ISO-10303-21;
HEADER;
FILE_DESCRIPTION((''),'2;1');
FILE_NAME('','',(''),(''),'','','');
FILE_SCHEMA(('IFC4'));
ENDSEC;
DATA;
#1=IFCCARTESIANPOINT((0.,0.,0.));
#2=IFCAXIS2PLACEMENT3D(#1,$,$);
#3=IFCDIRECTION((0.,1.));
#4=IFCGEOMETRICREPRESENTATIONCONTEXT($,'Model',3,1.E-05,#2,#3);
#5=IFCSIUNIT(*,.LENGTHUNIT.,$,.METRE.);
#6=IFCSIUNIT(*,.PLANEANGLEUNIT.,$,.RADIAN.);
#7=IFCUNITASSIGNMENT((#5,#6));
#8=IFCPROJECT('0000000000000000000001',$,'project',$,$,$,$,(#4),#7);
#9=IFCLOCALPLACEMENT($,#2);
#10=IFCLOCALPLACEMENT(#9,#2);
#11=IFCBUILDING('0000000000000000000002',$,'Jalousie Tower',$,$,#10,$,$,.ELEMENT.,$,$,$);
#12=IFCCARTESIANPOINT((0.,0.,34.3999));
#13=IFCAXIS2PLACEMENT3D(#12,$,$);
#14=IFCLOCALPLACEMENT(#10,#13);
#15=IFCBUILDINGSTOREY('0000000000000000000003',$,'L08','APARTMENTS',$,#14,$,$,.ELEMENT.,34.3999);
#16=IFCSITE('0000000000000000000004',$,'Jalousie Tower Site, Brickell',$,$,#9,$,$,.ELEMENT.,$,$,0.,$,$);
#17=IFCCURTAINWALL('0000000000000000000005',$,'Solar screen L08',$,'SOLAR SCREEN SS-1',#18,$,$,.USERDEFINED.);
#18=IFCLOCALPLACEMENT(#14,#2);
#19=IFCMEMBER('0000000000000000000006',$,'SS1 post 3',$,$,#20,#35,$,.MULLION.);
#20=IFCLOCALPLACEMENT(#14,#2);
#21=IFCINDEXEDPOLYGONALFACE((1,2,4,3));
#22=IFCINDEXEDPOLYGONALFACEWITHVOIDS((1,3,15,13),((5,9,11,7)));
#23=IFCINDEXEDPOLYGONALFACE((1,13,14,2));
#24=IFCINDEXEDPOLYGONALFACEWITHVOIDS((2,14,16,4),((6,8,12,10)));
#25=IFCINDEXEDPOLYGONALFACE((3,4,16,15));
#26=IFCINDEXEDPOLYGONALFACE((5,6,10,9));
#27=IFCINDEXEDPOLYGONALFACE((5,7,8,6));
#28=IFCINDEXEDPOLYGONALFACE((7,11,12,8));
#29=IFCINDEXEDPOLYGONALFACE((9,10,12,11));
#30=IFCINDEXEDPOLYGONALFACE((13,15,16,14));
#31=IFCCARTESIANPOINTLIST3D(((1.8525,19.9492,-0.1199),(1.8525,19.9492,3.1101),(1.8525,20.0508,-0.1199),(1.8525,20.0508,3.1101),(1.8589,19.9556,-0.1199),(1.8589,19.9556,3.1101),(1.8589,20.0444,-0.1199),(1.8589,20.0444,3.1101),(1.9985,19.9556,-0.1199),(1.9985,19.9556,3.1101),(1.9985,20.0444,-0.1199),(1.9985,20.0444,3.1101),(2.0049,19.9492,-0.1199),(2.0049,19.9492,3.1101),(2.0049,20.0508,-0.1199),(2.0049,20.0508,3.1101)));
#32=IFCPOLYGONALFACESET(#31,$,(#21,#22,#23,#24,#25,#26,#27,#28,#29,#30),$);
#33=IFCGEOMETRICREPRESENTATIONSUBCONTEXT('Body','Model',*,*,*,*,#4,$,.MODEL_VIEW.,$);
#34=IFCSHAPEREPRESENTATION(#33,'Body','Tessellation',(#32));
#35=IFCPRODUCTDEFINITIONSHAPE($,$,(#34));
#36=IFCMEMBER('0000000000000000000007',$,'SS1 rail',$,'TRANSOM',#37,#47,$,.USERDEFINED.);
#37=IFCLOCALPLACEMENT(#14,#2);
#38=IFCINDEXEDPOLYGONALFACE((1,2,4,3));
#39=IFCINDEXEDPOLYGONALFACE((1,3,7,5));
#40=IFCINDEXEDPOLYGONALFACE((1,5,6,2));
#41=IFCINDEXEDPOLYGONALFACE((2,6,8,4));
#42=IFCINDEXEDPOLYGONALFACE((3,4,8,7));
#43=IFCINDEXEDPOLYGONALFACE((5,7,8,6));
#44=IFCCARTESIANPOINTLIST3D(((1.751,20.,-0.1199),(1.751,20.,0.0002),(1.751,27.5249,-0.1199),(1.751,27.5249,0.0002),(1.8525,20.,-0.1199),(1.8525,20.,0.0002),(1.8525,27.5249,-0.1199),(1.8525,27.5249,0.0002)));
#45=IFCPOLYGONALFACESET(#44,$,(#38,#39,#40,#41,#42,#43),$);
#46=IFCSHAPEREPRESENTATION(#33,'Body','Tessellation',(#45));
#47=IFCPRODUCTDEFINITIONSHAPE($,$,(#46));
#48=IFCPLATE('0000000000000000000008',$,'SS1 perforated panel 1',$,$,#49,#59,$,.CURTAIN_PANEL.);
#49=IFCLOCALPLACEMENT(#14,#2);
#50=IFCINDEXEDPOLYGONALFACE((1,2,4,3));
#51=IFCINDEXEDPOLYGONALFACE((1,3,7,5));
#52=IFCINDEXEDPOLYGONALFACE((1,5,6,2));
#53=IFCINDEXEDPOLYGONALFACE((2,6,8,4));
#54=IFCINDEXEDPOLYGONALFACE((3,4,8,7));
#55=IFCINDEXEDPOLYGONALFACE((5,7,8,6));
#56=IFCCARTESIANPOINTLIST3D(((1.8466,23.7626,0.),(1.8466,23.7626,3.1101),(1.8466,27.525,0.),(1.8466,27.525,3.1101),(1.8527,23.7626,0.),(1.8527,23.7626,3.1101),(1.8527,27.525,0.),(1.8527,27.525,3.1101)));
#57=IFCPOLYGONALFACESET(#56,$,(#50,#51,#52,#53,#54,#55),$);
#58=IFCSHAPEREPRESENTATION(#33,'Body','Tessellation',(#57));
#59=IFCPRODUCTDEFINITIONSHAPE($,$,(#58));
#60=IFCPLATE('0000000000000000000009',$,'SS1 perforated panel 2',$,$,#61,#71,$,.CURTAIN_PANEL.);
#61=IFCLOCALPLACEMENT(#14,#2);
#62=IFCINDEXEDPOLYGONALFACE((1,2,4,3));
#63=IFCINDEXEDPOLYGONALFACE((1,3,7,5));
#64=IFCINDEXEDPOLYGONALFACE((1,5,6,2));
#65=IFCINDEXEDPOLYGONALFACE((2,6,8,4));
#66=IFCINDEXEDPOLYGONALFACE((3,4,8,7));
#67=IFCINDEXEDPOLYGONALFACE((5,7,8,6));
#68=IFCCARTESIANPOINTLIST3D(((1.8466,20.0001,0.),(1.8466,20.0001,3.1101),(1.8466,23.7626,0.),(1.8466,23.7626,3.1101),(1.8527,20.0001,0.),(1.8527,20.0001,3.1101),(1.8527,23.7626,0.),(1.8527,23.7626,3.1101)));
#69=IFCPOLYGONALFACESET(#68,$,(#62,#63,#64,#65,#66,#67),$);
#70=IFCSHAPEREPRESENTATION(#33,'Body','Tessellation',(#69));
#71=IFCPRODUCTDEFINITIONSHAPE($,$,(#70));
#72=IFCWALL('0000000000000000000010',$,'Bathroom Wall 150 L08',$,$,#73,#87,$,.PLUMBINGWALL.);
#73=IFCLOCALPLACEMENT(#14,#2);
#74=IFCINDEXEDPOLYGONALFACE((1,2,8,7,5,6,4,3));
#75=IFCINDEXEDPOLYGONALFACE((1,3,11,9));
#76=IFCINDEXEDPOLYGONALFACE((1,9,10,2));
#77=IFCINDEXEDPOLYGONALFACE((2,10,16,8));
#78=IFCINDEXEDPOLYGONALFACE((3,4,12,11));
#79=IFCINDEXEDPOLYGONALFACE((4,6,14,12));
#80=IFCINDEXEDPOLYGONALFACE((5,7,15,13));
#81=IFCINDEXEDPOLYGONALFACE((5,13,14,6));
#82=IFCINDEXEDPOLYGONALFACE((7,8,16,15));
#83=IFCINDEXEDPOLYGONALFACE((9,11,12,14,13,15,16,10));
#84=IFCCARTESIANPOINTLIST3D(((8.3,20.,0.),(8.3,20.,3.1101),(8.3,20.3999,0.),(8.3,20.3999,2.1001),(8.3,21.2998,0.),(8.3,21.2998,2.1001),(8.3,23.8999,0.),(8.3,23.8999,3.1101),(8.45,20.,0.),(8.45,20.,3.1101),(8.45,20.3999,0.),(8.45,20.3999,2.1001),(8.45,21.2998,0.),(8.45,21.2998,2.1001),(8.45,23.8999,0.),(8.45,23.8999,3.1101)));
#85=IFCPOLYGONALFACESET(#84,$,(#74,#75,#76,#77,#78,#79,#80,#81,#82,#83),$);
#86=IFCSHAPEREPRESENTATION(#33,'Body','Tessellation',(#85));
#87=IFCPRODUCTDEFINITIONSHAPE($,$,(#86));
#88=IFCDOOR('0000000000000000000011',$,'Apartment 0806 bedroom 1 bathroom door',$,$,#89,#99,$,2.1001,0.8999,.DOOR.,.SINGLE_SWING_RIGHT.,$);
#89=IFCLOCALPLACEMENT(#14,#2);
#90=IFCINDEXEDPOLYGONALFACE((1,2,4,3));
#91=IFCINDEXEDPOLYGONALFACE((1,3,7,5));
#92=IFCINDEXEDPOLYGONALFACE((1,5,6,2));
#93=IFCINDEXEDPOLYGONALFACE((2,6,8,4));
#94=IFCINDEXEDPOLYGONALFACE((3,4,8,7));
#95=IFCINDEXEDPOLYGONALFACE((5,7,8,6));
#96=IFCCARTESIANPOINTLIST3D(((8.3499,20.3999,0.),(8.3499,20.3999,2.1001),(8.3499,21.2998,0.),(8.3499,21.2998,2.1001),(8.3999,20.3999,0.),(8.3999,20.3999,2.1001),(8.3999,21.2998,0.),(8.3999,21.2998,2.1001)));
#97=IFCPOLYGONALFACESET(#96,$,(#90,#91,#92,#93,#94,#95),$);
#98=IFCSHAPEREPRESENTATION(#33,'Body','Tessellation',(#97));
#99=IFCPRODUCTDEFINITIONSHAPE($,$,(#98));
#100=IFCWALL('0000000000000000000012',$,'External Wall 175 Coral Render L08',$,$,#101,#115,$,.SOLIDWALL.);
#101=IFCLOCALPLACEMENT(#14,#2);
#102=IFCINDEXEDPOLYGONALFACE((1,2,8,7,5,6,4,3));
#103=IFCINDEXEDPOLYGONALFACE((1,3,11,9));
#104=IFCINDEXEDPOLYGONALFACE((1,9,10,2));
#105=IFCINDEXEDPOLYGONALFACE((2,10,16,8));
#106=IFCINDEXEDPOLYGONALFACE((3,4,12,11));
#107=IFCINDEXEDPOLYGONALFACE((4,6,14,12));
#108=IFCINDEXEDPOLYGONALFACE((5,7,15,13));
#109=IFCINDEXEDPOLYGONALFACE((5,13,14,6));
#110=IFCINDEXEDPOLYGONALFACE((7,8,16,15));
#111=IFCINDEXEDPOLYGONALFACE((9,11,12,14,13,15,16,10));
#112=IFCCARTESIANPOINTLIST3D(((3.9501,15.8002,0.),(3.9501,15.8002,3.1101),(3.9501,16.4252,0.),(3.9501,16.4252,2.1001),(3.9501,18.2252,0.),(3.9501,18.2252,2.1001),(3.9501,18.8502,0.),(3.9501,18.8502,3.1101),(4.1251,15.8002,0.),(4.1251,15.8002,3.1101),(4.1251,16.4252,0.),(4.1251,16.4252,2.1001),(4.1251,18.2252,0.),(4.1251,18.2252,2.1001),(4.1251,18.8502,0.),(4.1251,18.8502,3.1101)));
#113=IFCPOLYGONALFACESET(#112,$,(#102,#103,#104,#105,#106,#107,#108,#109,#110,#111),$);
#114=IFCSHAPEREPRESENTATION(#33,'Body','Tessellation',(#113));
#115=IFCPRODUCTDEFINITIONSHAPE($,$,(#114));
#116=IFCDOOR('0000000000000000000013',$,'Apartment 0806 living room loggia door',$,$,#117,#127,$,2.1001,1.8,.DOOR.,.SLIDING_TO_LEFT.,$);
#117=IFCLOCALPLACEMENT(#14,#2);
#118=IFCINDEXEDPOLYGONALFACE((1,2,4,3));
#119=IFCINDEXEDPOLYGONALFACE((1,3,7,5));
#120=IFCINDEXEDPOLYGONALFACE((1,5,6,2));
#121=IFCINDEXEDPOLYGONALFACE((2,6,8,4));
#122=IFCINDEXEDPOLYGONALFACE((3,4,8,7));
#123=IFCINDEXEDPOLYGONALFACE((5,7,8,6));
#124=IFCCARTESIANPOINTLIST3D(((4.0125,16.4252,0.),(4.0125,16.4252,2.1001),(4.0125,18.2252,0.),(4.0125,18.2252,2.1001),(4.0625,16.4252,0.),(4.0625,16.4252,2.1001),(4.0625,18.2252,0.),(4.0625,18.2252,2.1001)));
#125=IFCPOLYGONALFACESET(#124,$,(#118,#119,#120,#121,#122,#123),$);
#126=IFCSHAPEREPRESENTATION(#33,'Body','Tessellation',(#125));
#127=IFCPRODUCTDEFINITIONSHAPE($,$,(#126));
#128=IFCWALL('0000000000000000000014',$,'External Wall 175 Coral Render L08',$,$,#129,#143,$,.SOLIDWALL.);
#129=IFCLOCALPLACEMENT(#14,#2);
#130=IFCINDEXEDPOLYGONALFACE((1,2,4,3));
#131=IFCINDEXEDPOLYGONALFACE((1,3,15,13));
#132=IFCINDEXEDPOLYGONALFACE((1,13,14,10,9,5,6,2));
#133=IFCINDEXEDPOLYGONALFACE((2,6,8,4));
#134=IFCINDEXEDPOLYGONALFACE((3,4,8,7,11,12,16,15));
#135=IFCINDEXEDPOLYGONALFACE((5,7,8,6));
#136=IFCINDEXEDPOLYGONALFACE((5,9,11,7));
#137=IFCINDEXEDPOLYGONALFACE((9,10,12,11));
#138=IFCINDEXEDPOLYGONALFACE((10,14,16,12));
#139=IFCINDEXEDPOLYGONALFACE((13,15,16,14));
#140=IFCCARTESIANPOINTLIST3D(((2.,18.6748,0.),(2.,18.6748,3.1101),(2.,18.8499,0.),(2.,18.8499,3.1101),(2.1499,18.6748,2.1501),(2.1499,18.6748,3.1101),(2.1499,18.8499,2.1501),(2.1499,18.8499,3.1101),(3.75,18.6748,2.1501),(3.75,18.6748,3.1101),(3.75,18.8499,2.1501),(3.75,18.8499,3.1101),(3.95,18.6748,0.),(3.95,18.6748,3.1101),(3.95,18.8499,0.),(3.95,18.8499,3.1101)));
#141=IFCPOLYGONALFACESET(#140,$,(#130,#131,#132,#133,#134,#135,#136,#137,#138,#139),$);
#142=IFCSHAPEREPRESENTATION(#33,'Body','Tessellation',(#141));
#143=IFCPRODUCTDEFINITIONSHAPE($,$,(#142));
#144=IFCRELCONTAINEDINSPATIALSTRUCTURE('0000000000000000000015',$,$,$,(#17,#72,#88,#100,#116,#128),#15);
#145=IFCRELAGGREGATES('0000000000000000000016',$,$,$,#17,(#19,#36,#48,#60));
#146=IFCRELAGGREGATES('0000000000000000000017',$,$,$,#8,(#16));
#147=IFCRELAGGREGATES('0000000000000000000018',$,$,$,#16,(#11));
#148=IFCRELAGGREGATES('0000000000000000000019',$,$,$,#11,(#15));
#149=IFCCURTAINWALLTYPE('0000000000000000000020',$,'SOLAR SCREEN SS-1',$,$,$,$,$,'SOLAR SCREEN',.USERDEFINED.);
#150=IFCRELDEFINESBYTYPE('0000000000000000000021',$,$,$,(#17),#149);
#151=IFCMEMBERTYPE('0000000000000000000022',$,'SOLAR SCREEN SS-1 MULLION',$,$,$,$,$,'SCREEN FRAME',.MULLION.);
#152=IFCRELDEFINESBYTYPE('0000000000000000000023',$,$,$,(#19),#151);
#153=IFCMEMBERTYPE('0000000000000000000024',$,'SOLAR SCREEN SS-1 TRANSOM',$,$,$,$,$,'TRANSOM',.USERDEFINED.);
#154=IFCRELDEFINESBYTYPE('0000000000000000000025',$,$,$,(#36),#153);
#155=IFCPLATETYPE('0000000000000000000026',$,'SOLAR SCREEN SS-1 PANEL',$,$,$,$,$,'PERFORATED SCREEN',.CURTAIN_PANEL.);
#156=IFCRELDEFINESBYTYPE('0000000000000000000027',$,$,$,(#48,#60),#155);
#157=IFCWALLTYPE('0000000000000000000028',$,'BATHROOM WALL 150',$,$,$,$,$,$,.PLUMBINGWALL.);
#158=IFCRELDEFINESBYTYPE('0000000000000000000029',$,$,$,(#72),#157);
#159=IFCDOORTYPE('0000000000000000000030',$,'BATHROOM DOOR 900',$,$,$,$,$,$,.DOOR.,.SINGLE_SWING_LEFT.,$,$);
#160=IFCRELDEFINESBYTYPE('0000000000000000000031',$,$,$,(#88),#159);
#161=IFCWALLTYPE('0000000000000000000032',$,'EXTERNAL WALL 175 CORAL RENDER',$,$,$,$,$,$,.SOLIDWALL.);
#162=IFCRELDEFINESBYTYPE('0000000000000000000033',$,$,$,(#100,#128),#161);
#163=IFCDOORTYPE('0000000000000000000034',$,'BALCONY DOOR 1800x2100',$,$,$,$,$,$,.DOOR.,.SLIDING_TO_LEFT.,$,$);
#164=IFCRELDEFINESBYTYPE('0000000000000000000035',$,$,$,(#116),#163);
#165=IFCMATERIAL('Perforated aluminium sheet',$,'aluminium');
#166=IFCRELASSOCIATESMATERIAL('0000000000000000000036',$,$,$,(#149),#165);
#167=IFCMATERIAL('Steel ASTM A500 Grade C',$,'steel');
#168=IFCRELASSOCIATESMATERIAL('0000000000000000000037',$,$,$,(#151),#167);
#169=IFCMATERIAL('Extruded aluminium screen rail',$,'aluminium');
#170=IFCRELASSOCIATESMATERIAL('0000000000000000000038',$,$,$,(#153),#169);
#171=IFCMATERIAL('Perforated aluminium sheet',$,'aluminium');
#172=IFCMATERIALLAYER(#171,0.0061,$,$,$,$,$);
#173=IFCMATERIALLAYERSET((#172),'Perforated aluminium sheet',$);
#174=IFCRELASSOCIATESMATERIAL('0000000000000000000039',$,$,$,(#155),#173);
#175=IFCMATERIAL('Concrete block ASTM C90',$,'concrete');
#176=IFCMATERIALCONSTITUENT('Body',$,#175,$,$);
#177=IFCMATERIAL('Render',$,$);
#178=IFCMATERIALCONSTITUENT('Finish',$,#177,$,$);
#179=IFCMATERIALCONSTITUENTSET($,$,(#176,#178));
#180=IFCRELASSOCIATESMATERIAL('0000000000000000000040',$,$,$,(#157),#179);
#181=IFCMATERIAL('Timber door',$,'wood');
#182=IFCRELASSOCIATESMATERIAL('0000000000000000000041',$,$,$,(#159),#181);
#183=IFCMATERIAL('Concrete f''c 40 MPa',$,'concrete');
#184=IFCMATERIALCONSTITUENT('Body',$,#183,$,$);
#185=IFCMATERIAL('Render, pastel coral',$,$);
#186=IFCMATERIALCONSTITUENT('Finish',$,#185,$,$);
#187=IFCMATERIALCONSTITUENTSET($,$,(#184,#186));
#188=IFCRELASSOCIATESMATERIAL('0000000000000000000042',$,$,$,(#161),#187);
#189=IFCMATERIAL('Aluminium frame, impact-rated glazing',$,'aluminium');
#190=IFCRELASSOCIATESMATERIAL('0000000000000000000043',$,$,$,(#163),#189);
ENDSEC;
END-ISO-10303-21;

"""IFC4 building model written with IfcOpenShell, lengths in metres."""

from ifc_helpers import new_model, si_unit, direction, frame, frame_2d, origin, origin_2d, place, context, subcontext, project, spatial, polyline, rectangle, hollow_rectangle, outline, extrude, material, layer, layer_set, constituent, constituent_set, material_profile, profile_set, type_object, element, fill, aggregate, save


model = new_model("IFC4")

# Units and contexts
model_context = context("Model", 3, precision=1e-05, world=origin(), true_north=direction((0.0, 1.0)))
body_context = subcontext(model_context, "Body", "Model", "MODEL_VIEW")
ifc_project = project(units=[si_unit("LENGTHUNIT", "METRE"), si_unit("PLANEANGLEUNIT", "RADIAN")], contexts=[model_context])

# Site, building, storey
site_placement = place(None, origin())
site = spatial("IfcSite", under=ifc_project, at=site_placement, Name="Jalousie Tower Site, Brickell", CompositionType="ELEMENT", RefElevation=0.0)
building_placement = place(site_placement, origin())
building = spatial("IfcBuilding", under=site, at=building_placement, Name="Jalousie Tower", CompositionType="ELEMENT")
storey_placement = place(building_placement, frame((0.0, 0.0, 34.3999)))
storey = spatial("IfcBuildingStorey", under=building, at=storey_placement, Name="L08", Description="APARTMENTS", CompositionType="ELEMENT", Elevation=34.3999)

# Shared definitions
ifc_material_1 = material(Name="Perforated aluminium sheet", Category="aluminium")
curtain_wall_type = type_object("IfcCurtainWallType", Name="SOLAR SCREEN SS-1", ElementType="SOLAR SCREEN", PredefinedType="USERDEFINED", material=ifc_material_1)
ifc_material_2 = material(Name="Steel ASTM A500 Grade C", Category="steel")
ifc_material_profile_1 = material_profile(ifc_material_2, hollow_rectangle(XDim=0.1016, YDim=0.1523, WallThickness=0.0063, at=origin_2d()), Name="HSS6X4X1/4")
ifc_profile_set_1 = profile_set([ifc_material_profile_1], Name="Steel ASTM A500 Grade C")
member_type_1 = type_object("IfcMemberType", Name="SOLAR SCREEN SS-1 MULLION", ElementType="SCREEN FRAME", PredefinedType="MULLION", material=ifc_profile_set_1)

# Curtain wall, members, plates
curtain_wall_1_placement = place(storey_placement, origin())
curtain_wall_1 = element("IfcCurtainWall", 1, at=curtain_wall_1_placement, inside=storey, type_object=curtain_wall_type, Name="Solar screen L08", ObjectType="SOLAR SCREEN SS-1", PredefinedType="USERDEFINED")
member_1_placement = place(storey_placement, frame((1.9287, 20.0, -0.1199), z_axis=(0.0, 0.0, 1.0), x_axis=(0.0, -1.0, 0.0)))
member_1 = element("IfcMember", 2, at=member_1_placement, type_object=member_type_1, Name="SS1 post 3", PredefinedType="MULLION", context=body_context, shape_type="SweptSolid", body=[
    extrude(hollow_rectangle(XDim=0.1016, YDim=0.1523, WallThickness=0.0063, at=origin_2d()), origin(), (0.0, 0.0, 1.0), 3.23),
])
ifc_material_3 = material(Name="Extruded aluminium screen rail", Category="aluminium")
ifc_material_profile_2 = material_profile(ifc_material_3, rectangle(XDim=0.1016, YDim=0.1201, at=origin_2d()), Name="RAIL 102x120")
ifc_profile_set_2 = profile_set([ifc_material_profile_2], Name="Extruded aluminium screen rail")
member_type_2 = type_object("IfcMemberType", Name="SOLAR SCREEN SS-1 TRANSOM", ElementType="TRANSOM", PredefinedType="USERDEFINED", material=ifc_profile_set_2)
member_2_placement = place(storey_placement, frame((1.8018, 27.5249, -0.0598), z_axis=(0.0, -1.0, 0.0), x_axis=(1.0, 0.0, 0.0)))
member_2 = element("IfcMember", 3, at=member_2_placement, type_object=member_type_2, Name="SS1 rail", ObjectType="TRANSOM", PredefinedType="USERDEFINED", context=body_context, shape_type="SweptSolid", body=[
    extrude(rectangle(XDim=0.1016, YDim=0.1201, at=origin_2d()), origin(), (0.0, 0.0, 1.0), 7.5249),
])
ifc_material_4 = material(Name="Perforated aluminium sheet", Category="aluminium")
ifc_layer_1 = layer(ifc_material_4, 0.0061)
ifc_layer_set_1 = layer_set([ifc_layer_1], Name="Perforated aluminium sheet")
plate_type = type_object("IfcPlateType", Name="SOLAR SCREEN SS-1 PANEL", ElementType="PERFORATED SCREEN", PredefinedType="CURTAIN_PANEL", material=ifc_layer_set_1)
plate_1_placement = place(storey_placement, frame((1.8496, 25.6438, 0.0), z_axis=(0.0, 0.0, 1.0), x_axis=(0.0, -1.0, 0.0)))
plate_1 = element("IfcPlate", 4, at=plate_1_placement, type_object=plate_type, Name="SS1 perforated panel 1", PredefinedType="CURTAIN_PANEL", context=body_context, shape_type="SweptSolid", body=[
    extrude(rectangle(XDim=3.7625, YDim=0.0061, at=origin_2d()), origin(), (0.0, 0.0, 1.0), 3.1101),
])
plate_2_placement = place(storey_placement, frame((1.8496, 21.8813, 0.0), z_axis=(0.0, 0.0, 1.0), x_axis=(0.0, -1.0, 0.0)))
plate_2 = element("IfcPlate", 5, at=plate_2_placement, type_object=plate_type, Name="SS1 perforated panel 2", PredefinedType="CURTAIN_PANEL", context=body_context, shape_type="SweptSolid", body=[
    extrude(rectangle(XDim=3.7625, YDim=0.0061, at=origin_2d()), origin(), (0.0, 0.0, 1.0), 3.1101),
])
aggregate(curtain_wall_1, [member_1, member_2, plate_1, plate_2])

# Walls, openings, doors
ifc_material_5 = material(Name="Concrete block ASTM C90", Category="concrete")
ifc_constituent_1 = constituent(ifc_material_5, Name="Body")
ifc_material_6 = material(Name="Render")
ifc_constituent_2 = constituent(ifc_material_6, Name="Finish")
ifc_constituent_set_1 = constituent_set(constituents=[ifc_constituent_1, ifc_constituent_2])
wall_type_1 = type_object("IfcWallType", Name="BATHROOM WALL 150", PredefinedType="PLUMBINGWALL", material=ifc_constituent_set_1)
wall_1_placement = place(storey_placement, frame((8.375, 20.0, 0.0), z_axis=(0.0, 0.0, 1.0), x_axis=(0.0, 1.0, 0.0)))
wall_1 = element("IfcWall", 6, at=wall_1_placement, inside=storey, type_object=wall_type_1, Name="Bathroom Wall 150 L08", PredefinedType="PLUMBINGWALL", context=body_context, shape_type="SweptSolid", body=[
    extrude(rectangle(XDim=3.8999, YDim=0.1499, at=frame_2d((1.95, 0.0))), origin(), (0.0, 0.0, 1.0), 3.1101),
])
opening_1_placement = place(wall_1_placement, frame((0.3999, 0.0, 0.0)))
opening_1 = element("IfcOpeningElement", 7, at=opening_1_placement, cuts=wall_1, PredefinedType="OPENING", context=body_context, shape_type="SweptSolid", body=[
    extrude(rectangle(XDim=0.8999, YDim=2.1001, at=frame_2d((0.45, 1.05))), frame((0.0, 0.085, 0.0), z_axis=(0.0, -1.0, 0.0), x_axis=(1.0, 0.0, 0.0)), (0.0, 0.0, 1.0), 0.1699),
])
ifc_material_7 = material(Name="Timber door", Category="wood")
door_type_1 = type_object("IfcDoorType", Name="BATHROOM DOOR 900", OperationType="SINGLE_SWING_LEFT", PredefinedType="DOOR", material=ifc_material_7)
door_1_placement = place(opening_1_placement, frame((0.8999, 0.0, 0.0), z_axis=(0.0, 0.0, 1.0), x_axis=(-1.0, 0.0, 0.0)))
door_1 = element("IfcDoor", 8, at=door_1_placement, inside=storey, type_object=door_type_1, Name="Apartment 0806 bedroom 1 bathroom door", OperationType="SINGLE_SWING_RIGHT", OverallHeight=2.1001, OverallWidth=0.8999, PredefinedType="DOOR", context=body_context, shape_type="SweptSolid", body=[
    extrude(rectangle(XDim=0.8999, YDim=2.1001, at=frame_2d((0.45, 1.05))), frame((0.0, 0.0249, 0.0), z_axis=(0.0, -1.0, 0.0), x_axis=(1.0, 0.0, 0.0)), (0.0, 0.0, 1.0), 0.05),
])
fill(opening_1, door_1)
ifc_material_8 = material(Name="Concrete f'c 40 MPa", Category="concrete")
ifc_constituent_3 = constituent(ifc_material_8, Name="Body")
ifc_material_9 = material(Name="Render, pastel coral")
ifc_constituent_4 = constituent(ifc_material_9, Name="Finish")
ifc_constituent_set_2 = constituent_set(constituents=[ifc_constituent_3, ifc_constituent_4])
wall_type_2 = type_object("IfcWallType", Name="EXTERNAL WALL 175 CORAL RENDER", PredefinedType="SOLIDWALL", material=ifc_constituent_set_2)
wall_2_placement = place(storey_placement, frame((4.0376, 18.8501, 0.0), z_axis=(0.0, 0.0, 1.0), x_axis=(0.0, -1.0, 0.0)))
wall_2 = element("IfcWall", 9, at=wall_2_placement, inside=storey, type_object=wall_type_2, Name="External Wall 175 Coral Render L08", PredefinedType="SOLIDWALL", context=body_context, shape_type="SweptSolid", body=[
    extrude(rectangle(XDim=3.05, YDim=0.175, at=frame_2d((1.5249, 0.0))), origin(), (0.0, 0.0, 1.0), 3.1101),
])
opening_2_placement = place(wall_2_placement, frame((0.625, 0.0, 0.0)))
opening_2 = element("IfcOpeningElement", 10, at=opening_2_placement, cuts=wall_2, PredefinedType="OPENING", context=body_context, shape_type="SweptSolid", body=[
    extrude(rectangle(XDim=1.8, YDim=2.1001, at=frame_2d((0.8999, 1.05))), frame((0.0, 0.0974, 0.0), z_axis=(0.0, -1.0, 0.0), x_axis=(1.0, 0.0, 0.0)), (0.0, 0.0, 1.0), 0.1951),
])
ifc_material_10 = material(Name="Aluminium frame, impact-rated glazing", Category="aluminium")
door_type_2 = type_object("IfcDoorType", Name="BALCONY DOOR 1800x2100", OperationType="SLIDING_TO_LEFT", PredefinedType="DOOR", material=ifc_material_10)
door_2_placement = place(opening_2_placement, origin())
door_2 = element("IfcDoor", 11, at=door_2_placement, inside=storey, type_object=door_type_2, Name="Apartment 0806 living room loggia door", OperationType="SLIDING_TO_LEFT", OverallHeight=2.1001, OverallWidth=1.8, PredefinedType="DOOR", context=body_context, shape_type="SweptSolid", body=[
    extrude(rectangle(XDim=1.8, YDim=2.1001, at=frame_2d((0.8999, 1.05))), frame((0.0, 0.0249, 0.0), z_axis=(0.0, -1.0, 0.0), x_axis=(1.0, 0.0, 0.0)), (0.0, 0.0, 1.0), 0.05),
])
fill(opening_2, door_2)

# Wall
wall_3_placement = place(storey_placement, frame((2.0, 18.7625, 0.0), z_axis=(0.0, 0.0, 1.0), x_axis=(1.0, 0.0, 0.0)))
element("IfcWall", 12, at=wall_3_placement, inside=storey, type_object=wall_type_2, Name="External Wall 175 Coral Render L08", PredefinedType="SOLIDWALL", context=body_context, shape_type="SweptSolid", body=[
    extrude(outline(polyline([(0.0, 0.0), (1.95, 0.0), (1.95, 3.1101), (1.75, 3.1101), (1.75, 2.1501), (0.1499, 2.1501), (0.1499, 3.1101), (0.0, 3.1101), (0.0, 0.0)])), frame((0.0, 0.0874, 0.0), z_axis=(0.0, -1.0, 0.0), x_axis=(1.0, 0.0, 0.0)), (0.0, 0.0, 1.0), 0.175),
])

save(model, "model.ifc")
